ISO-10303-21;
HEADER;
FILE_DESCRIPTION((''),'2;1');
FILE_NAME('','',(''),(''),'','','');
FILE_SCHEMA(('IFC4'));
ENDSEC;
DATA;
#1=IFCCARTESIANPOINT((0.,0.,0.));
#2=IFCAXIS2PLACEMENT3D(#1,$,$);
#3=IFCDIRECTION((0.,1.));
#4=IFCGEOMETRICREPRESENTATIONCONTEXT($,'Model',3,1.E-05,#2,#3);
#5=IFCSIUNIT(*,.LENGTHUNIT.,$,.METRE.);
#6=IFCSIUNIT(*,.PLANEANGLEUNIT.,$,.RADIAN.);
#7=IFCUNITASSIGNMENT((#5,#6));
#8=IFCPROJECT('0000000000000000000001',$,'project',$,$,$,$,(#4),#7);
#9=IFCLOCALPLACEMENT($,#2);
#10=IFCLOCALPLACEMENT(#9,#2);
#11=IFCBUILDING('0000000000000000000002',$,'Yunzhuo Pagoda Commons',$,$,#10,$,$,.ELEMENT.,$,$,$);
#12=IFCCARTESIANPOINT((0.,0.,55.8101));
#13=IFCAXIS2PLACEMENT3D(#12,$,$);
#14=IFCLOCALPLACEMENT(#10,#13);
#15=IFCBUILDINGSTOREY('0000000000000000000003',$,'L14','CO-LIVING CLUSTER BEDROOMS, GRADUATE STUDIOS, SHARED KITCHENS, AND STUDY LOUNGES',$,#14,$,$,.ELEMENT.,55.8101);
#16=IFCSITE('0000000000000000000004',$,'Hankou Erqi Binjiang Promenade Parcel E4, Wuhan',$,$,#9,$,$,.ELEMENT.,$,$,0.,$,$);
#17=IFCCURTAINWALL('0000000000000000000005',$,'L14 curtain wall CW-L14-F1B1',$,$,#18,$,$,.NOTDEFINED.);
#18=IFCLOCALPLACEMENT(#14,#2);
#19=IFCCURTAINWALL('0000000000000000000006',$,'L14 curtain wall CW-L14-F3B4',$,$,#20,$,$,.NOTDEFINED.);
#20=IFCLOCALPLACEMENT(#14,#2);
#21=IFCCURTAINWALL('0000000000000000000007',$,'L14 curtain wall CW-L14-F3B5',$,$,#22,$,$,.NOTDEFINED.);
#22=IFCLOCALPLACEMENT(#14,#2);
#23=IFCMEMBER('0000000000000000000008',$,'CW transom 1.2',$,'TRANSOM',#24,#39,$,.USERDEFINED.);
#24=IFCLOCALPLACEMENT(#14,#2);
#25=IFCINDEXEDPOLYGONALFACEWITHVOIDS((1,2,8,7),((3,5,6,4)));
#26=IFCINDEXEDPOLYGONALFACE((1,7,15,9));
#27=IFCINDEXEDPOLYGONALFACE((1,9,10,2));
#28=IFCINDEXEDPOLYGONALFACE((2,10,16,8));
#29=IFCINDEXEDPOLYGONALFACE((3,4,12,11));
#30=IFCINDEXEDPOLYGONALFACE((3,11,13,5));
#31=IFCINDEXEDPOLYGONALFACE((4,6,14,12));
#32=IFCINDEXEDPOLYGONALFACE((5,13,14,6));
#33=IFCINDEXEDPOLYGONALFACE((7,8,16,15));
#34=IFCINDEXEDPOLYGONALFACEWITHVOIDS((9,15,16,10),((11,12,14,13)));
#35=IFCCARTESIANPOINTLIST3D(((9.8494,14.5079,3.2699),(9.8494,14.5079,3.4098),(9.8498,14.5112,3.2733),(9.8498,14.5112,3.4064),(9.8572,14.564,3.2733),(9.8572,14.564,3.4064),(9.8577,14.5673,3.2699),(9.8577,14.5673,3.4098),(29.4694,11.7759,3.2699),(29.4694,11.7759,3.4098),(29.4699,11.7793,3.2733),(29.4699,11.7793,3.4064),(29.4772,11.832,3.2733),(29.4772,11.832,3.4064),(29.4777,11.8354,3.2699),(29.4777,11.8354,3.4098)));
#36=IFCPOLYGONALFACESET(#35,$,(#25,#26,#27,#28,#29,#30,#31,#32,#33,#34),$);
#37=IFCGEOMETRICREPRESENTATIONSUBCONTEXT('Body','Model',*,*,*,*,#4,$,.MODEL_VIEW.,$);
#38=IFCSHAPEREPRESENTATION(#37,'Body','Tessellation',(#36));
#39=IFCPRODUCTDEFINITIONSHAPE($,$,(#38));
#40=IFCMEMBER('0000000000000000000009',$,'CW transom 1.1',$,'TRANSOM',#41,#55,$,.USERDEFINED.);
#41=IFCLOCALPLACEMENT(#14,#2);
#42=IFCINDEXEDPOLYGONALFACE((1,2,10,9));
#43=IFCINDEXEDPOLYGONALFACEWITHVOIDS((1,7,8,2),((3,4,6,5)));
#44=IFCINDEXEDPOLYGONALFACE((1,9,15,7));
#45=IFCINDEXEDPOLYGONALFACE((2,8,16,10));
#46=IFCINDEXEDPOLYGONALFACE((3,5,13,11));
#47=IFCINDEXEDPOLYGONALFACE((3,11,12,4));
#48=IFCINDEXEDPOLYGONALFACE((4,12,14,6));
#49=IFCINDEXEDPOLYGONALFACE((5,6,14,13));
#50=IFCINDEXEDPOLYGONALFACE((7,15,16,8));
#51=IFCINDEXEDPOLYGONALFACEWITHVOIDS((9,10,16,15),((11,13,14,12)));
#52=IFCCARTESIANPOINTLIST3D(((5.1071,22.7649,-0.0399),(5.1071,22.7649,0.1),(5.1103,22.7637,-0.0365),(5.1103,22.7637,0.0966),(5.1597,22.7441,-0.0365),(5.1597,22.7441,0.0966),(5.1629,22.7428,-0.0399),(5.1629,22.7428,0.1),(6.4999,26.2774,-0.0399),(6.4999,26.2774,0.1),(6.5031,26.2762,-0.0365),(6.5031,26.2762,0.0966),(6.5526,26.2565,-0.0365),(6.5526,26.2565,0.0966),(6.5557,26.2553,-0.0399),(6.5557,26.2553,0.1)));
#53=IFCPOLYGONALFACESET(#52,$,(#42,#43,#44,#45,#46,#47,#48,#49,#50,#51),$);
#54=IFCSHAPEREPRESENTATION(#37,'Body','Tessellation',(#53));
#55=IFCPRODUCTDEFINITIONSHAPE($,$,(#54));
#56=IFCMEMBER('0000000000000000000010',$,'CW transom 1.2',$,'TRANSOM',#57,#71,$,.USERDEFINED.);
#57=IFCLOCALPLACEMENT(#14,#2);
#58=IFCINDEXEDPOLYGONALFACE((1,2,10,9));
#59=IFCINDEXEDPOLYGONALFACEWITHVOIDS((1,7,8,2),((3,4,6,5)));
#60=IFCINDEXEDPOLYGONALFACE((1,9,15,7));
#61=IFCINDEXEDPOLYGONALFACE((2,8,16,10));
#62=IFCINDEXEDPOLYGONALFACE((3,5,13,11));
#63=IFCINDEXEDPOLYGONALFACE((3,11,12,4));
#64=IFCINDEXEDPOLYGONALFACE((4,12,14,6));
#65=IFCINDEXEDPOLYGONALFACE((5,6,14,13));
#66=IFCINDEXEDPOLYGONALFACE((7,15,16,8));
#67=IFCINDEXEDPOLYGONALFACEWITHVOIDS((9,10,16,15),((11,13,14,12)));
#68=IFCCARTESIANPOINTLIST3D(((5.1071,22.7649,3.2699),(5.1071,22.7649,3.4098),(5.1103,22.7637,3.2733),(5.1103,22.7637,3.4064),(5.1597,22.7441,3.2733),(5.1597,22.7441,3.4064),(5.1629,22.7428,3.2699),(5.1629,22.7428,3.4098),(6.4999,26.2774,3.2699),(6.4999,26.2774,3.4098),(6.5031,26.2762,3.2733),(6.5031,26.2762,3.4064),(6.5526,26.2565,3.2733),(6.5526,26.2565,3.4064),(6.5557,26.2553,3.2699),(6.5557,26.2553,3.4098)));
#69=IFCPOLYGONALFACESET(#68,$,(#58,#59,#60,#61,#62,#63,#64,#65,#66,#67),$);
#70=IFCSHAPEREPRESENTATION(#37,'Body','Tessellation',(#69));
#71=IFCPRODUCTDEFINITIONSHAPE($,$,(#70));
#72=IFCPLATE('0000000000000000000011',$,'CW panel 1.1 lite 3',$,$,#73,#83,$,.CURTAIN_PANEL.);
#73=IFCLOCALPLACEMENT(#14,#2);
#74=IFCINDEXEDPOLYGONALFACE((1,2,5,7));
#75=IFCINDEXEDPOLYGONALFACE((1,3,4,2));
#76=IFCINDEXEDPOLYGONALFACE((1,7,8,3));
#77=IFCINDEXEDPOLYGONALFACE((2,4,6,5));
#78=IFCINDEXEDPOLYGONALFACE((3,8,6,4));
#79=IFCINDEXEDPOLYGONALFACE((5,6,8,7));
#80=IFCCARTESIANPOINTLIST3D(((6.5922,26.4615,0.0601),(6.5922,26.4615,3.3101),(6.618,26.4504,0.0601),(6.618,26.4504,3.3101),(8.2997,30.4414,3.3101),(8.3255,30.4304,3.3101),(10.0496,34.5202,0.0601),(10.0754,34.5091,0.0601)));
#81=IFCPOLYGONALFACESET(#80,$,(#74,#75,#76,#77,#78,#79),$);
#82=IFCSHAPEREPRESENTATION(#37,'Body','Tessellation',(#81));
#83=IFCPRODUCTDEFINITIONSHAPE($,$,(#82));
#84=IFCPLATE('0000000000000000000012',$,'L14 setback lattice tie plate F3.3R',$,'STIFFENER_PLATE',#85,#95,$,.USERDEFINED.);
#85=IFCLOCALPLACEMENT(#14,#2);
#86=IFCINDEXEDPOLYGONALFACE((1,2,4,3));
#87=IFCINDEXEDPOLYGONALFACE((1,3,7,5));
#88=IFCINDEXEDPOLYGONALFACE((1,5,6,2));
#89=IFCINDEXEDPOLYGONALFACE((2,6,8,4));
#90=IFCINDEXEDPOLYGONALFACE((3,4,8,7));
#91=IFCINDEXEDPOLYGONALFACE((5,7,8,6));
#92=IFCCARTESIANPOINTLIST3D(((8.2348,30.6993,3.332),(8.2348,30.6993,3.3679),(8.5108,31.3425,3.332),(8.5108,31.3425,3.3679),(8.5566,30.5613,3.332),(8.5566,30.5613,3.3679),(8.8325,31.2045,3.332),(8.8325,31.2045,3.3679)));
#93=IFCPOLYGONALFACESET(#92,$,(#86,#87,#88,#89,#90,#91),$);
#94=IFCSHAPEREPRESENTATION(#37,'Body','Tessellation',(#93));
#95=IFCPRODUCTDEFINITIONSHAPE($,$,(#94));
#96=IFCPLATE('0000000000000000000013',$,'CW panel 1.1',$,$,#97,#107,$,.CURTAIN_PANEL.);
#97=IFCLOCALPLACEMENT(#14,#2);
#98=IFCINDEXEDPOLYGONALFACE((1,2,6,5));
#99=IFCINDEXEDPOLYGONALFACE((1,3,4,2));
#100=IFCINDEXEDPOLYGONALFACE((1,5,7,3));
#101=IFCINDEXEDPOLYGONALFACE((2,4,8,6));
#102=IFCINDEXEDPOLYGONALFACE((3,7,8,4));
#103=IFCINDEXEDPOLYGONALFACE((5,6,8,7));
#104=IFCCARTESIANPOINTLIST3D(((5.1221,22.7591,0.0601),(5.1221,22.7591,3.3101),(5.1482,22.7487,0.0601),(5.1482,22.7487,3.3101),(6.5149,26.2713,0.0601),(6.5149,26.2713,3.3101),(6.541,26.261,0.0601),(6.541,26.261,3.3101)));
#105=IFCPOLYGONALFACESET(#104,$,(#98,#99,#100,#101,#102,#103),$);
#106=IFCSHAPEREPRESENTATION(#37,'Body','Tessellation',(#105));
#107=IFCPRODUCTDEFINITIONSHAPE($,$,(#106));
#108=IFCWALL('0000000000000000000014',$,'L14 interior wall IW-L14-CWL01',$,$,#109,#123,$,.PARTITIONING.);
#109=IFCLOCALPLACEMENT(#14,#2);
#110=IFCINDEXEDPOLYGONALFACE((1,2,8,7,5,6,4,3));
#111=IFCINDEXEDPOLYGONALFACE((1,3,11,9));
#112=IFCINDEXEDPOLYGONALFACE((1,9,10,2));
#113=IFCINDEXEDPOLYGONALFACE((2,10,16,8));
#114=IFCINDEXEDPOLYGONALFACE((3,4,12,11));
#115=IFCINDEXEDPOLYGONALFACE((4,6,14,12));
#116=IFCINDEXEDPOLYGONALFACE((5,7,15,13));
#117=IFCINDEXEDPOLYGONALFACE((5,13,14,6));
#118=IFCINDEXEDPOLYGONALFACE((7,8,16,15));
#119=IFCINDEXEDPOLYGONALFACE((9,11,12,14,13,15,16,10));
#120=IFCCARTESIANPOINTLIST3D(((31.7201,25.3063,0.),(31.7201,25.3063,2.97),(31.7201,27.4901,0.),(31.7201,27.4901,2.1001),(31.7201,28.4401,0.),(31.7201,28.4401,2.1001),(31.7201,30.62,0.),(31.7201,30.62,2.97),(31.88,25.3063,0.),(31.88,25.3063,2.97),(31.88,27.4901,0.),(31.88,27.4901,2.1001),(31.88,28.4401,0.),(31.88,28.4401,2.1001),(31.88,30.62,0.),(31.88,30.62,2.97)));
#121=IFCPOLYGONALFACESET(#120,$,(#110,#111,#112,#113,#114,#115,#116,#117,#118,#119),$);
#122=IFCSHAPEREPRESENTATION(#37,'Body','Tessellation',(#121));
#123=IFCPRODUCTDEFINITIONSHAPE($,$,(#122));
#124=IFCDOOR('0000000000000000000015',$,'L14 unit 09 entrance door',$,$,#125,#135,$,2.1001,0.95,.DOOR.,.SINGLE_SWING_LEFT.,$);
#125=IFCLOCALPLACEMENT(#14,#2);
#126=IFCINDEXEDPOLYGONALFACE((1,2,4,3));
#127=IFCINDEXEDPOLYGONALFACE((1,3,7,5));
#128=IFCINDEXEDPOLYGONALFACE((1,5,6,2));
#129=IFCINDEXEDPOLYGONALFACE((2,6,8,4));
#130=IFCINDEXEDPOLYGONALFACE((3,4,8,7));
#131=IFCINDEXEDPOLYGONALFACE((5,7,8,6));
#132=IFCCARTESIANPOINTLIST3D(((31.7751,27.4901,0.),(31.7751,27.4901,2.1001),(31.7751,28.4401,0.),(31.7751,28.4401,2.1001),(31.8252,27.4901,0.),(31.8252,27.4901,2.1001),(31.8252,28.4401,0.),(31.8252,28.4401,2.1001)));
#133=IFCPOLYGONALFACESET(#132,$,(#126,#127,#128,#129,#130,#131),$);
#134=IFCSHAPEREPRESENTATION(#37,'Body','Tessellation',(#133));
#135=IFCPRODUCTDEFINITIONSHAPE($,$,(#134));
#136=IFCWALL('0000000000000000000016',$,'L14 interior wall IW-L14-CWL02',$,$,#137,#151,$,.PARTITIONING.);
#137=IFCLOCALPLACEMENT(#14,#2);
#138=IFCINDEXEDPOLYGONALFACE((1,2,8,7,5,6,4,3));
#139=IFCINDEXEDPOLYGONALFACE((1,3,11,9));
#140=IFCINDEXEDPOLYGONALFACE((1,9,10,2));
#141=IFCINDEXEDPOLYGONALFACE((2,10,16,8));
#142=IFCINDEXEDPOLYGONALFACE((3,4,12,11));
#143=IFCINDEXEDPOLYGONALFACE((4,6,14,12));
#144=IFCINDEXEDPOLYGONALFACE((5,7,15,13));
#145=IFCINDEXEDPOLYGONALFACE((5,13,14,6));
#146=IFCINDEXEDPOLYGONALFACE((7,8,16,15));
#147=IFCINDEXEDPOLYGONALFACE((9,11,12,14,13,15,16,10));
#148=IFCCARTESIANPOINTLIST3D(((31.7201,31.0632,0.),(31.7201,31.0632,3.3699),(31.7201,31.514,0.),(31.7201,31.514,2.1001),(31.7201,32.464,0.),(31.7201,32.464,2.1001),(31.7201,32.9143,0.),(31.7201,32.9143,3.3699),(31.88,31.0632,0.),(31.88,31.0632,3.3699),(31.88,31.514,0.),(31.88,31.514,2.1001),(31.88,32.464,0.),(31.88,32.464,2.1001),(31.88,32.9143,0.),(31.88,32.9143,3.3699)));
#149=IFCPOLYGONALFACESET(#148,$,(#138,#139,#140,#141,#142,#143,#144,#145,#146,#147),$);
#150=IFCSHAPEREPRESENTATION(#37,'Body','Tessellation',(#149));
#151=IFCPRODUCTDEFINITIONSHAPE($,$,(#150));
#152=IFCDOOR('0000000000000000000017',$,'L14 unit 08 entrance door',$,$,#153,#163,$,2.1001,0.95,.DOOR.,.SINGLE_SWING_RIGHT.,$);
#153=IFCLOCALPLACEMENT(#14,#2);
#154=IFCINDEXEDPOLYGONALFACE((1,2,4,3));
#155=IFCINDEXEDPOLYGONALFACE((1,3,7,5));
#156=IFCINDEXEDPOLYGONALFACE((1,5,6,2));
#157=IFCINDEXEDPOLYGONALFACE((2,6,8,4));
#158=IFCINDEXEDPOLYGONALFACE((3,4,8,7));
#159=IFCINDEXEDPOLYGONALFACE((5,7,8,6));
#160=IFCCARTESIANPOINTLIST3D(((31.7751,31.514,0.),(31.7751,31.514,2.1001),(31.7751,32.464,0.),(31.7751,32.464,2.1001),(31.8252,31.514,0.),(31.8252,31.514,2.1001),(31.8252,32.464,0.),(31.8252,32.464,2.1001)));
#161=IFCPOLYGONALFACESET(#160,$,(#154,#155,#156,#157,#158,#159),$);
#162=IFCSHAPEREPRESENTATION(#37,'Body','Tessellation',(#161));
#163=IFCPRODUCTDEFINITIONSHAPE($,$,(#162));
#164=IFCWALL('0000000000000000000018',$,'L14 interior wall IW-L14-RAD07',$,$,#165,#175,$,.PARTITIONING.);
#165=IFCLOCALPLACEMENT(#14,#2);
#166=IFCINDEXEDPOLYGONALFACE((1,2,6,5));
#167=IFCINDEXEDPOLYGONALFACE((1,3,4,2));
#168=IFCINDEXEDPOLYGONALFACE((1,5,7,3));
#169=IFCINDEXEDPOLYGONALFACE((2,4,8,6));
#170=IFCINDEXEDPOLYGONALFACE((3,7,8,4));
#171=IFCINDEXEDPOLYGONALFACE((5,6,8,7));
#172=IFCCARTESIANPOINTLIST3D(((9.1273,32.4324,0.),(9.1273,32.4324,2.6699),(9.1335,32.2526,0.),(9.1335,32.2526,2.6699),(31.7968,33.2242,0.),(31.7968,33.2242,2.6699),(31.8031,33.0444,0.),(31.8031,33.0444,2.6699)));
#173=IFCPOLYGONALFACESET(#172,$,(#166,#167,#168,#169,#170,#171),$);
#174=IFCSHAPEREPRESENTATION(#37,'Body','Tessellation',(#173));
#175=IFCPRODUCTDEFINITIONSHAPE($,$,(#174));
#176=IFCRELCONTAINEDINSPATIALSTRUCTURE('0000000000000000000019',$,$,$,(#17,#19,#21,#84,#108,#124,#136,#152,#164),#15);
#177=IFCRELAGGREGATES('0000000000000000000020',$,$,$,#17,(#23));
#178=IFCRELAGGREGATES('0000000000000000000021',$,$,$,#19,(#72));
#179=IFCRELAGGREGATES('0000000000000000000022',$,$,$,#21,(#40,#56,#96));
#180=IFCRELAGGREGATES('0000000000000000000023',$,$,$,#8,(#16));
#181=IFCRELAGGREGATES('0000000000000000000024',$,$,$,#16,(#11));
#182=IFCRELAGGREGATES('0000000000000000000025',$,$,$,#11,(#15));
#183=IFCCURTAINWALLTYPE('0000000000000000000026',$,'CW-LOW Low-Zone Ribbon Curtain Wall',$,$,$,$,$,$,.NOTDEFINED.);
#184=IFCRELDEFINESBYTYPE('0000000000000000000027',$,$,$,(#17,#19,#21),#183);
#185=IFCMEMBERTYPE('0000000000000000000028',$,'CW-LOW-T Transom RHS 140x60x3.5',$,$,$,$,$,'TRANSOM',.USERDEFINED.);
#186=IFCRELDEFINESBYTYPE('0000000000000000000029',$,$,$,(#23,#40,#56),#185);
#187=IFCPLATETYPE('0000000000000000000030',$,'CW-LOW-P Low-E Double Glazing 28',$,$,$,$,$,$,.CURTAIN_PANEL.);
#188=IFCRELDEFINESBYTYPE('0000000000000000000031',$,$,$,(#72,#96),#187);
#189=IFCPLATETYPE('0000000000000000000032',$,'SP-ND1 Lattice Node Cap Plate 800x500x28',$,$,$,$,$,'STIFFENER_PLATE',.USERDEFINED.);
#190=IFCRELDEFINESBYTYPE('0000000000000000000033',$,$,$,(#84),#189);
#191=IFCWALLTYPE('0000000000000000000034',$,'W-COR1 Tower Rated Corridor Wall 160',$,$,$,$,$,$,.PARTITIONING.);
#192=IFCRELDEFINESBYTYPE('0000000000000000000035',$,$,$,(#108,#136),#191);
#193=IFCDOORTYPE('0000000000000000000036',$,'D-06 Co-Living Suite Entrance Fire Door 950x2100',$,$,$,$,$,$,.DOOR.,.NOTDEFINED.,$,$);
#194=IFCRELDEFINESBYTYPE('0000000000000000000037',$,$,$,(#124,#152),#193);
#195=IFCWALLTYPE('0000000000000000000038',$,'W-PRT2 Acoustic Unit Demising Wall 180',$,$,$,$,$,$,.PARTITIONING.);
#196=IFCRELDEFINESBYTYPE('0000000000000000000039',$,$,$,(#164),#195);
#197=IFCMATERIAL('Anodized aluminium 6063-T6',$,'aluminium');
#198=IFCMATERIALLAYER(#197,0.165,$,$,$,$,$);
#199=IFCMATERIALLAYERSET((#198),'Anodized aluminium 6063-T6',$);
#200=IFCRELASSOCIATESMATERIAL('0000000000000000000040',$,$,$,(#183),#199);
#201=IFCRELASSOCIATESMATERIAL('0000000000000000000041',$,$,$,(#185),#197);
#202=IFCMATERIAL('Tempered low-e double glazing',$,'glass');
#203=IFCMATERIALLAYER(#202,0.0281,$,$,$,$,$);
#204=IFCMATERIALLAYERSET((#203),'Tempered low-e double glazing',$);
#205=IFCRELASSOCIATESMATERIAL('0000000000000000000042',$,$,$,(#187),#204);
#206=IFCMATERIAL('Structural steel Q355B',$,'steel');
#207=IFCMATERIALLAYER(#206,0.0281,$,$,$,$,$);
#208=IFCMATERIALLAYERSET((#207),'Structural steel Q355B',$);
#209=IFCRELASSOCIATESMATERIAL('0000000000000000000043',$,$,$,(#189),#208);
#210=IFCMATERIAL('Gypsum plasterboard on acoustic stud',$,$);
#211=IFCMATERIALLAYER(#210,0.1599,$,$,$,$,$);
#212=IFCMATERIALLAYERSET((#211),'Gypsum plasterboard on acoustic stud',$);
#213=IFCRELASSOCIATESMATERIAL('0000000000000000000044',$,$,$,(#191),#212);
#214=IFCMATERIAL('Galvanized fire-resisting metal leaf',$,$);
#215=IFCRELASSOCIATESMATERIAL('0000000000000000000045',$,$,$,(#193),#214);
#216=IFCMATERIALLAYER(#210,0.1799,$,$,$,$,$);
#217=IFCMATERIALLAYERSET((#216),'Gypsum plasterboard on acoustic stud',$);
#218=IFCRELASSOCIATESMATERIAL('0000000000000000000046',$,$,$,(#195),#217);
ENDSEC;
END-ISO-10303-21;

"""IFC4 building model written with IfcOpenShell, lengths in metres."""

from ifc_helpers import new_model, si_unit, direction, frame, frame_2d, origin, origin_with_axes, origin_2d, place, context, subcontext, project, spatial, polyline, rectangle, hollow_rectangle, outline, extrude, source, transform, mapped, material, layer, layer_set, material_profile, profile_set, type_object, element, fill, aggregate, save


model = new_model("IFC4")

# Units and contexts
model_context = context("Model", 3, precision=1e-05, world=origin(), true_north=direction((0.0, 1.0)))
body_context = subcontext(model_context, "Body", "Model", "MODEL_VIEW")
ifc_project = project(units=[si_unit("LENGTHUNIT", "METRE"), si_unit("PLANEANGLEUNIT", "RADIAN")], contexts=[model_context])

# Site, building, storey
site_placement = place(None, origin())
site = spatial("IfcSite", under=ifc_project, at=site_placement, Name="Hankou Erqi Binjiang Promenade Parcel E4, Wuhan", CompositionType="ELEMENT", RefElevation=0.0)
building_placement = place(site_placement, origin())
building = spatial("IfcBuilding", under=site, at=building_placement, Name="Yunzhuo Pagoda Commons", CompositionType="ELEMENT")
storey_placement = place(building_placement, frame((0.0, 0.0, 55.8101)))
storey = spatial("IfcBuildingStorey", under=building, at=storey_placement, Name="L14", Description="CO-LIVING CLUSTER BEDROOMS, GRADUATE STUDIOS, SHARED KITCHENS, AND STUDY LOUNGES", CompositionType="ELEMENT", Elevation=55.8101)

# Shared definitions
ifc_material_1 = material(Name="Structural steel Q355B", Category="steel")

# Curtain walls
ifc_material_2 = material(Name="Anodized aluminium 6063-T6", Category="aluminium")
ifc_layer_1 = layer(ifc_material_2, 0.165)
ifc_layer_set_1 = layer_set([ifc_layer_1], Name="Anodized aluminium 6063-T6")
curtain_wall_type = type_object("IfcCurtainWallType", Name="CW-LOW Low-Zone Ribbon Curtain Wall", PredefinedType="NOTDEFINED", material=ifc_layer_set_1)
curtain_wall_1_placement = place(storey_placement, origin())
curtain_wall_1 = element("IfcCurtainWall", 1, at=curtain_wall_1_placement, inside=storey, type_object=curtain_wall_type, Name="L14 curtain wall CW-L14-F1B1", PredefinedType="NOTDEFINED")
curtain_wall_2_placement = place(storey_placement, origin())
curtain_wall_2 = element("IfcCurtainWall", 2, at=curtain_wall_2_placement, inside=storey, type_object=curtain_wall_type, Name="L14 curtain wall CW-L14-F3B4", PredefinedType="NOTDEFINED")

# Curtain wall
curtain_wall_3_placement = place(storey_placement, origin())
curtain_wall_3 = element("IfcCurtainWall", 3, at=curtain_wall_3_placement, inside=storey, type_object=curtain_wall_type, Name="L14 curtain wall CW-L14-F3B5", PredefinedType="NOTDEFINED")

# Members
ifc_material_profile_1 = material_profile(ifc_material_2, hollow_rectangle(XDim=0.0601, YDim=0.1399, WallThickness=0.0034, at=origin_2d()), Name="Anodized aluminium 6063-T6")
ifc_profile_set_1 = profile_set([ifc_material_profile_1], Name="Anodized aluminium 6063-T6")
member_type_1 = type_object("IfcMemberType", Name="CW-LOW-T Transom RHS 140x60x3.5", ElementType="TRANSOM", PredefinedType="USERDEFINED", material=ifc_profile_set_1)
shared_shape_1 = source(origin(), body_context, "Body", "SweptSolid", [
    extrude(hollow_rectangle(XDim=0.0601, YDim=0.1399, WallThickness=0.0034, at=origin_2d()), origin(), (0.0, 0.0, 1.0), 19.8093),
])
member_1_placement = place(storey_placement, frame((9.8535, 14.5376, 3.3398), z_axis=(0.990445, -0.137911, 0.0), x_axis=(0.137911, 0.990445, 0.0)))
member_1 = element("IfcMember", 4, at=member_1_placement, type_object=member_type_1, Name="CW transom 1.2", ObjectType="TRANSOM", PredefinedType="USERDEFINED", context=body_context, shape_type="MappedRepresentation", body=[
    mapped(shared_shape_1, transform((0.0, 0.0, 0.0), scale=1.0)),
])
aggregate(curtain_wall_1, [member_1])
shared_shape_2 = source(origin(), body_context, "Body", "SweptSolid", [
    extrude(hollow_rectangle(XDim=0.0601, YDim=0.1399, WallThickness=0.0034, at=origin_2d()), origin(), (0.0, 0.0, 1.0), 3.7786),
])
member_2_placement = place(storey_placement, frame((6.5278, 26.2664, 0.03), z_axis=(-0.368615, -0.929582, 0.0), x_axis=(0.929582, -0.368615, 0.0)))
member_2 = element("IfcMember", 5, at=member_2_placement, type_object=member_type_1, Name="CW transom 1.1", ObjectType="TRANSOM", PredefinedType="USERDEFINED", context=body_context, shape_type="MappedRepresentation", body=[
    mapped(shared_shape_2, transform((0.0, 0.0, 0.0), scale=1.0)),
])
member_3_placement = place(storey_placement, frame((6.5278, 26.2664, 3.3398), z_axis=(-0.368615, -0.929582, 0.0), x_axis=(0.929582, -0.368615, 0.0)))
member_3 = element("IfcMember", 6, at=member_3_placement, type_object=member_type_1, Name="CW transom 1.2", ObjectType="TRANSOM", PredefinedType="USERDEFINED", context=body_context, shape_type="MappedRepresentation", body=[
    mapped(shared_shape_2, transform((0.0, 0.0, 0.0), scale=1.0)),
])

# Plates
ifc_material_3 = material(Name="Tempered low-e double glazing", Category="glass")
ifc_layer_2 = layer(ifc_material_3, 0.0281)
ifc_layer_set_2 = layer_set([ifc_layer_2], Name="Tempered low-e double glazing")
plate_type_1 = type_object("IfcPlateType", Name="CW-LOW-P Low-E Double Glazing 28", PredefinedType="CURTAIN_PANEL", material=ifc_layer_set_2)
plate_1_placement = place(storey_placement, frame((8.3467, 30.4797, 1.6851), z_axis=(-0.918993, 0.394274, 0.0), x_axis=(-0.394274, -0.918993, 0.0)))
plate_1 = element("IfcPlate", 7, at=plate_1_placement, type_object=plate_type_1, Name="CW panel 1.1 lite 3", PredefinedType="CURTAIN_PANEL", context=body_context, shape_type="SweptSolid", body=[
    extrude(outline(polyline([(-4.3845, -1.625), (4.3845, -1.625), (4.3845, 1.625), (0.0537, 1.625), (-4.3845, -1.625)])), origin(), (0.0, 0.0, 1.0), 0.0281),
])
aggregate(curtain_wall_2, [plate_1])
ifc_layer_3 = layer(ifc_material_1, 0.0281)
ifc_layer_set_3 = layer_set([ifc_layer_3], Name="Structural steel Q355B")
plate_type_2 = type_object("IfcPlateType", Name="SP-ND1 Lattice Node Cap Plate 800x500x28", ElementType="STIFFENER_PLATE", PredefinedType="USERDEFINED", material=ifc_layer_set_3)
shared_shape_3 = source(origin(), body_context, "Body", "SweptSolid", [
    extrude(rectangle(XDim=0.7, YDim=0.3501, at=origin_2d()), origin(), (0.0, 0.0, 1.0), 0.0359),
])
plate_2_placement = place(storey_placement, frame((8.5337, 30.9519, 3.332), z_axis=(0.0, 0.0, 1.0), x_axis=(-0.394279, -0.918991, 0.0)))
element("IfcPlate", 8, at=plate_2_placement, inside=storey, type_object=plate_type_2, Name="L14 setback lattice tie plate F3.3R", ObjectType="STIFFENER_PLATE", PredefinedType="USERDEFINED", context=body_context, shape_type="MappedRepresentation", body=[
    mapped(shared_shape_3, transform((0.0, 0.0, 0.0), scale=1.0)),
])
shared_shape_4 = source(origin(), body_context, "Body", "SweptSolid", [
    extrude(rectangle(XDim=3.7783, YDim=0.0281, at=origin_2d()), origin(), (0.0, 0.0, 1.0), 3.25),
])
plate_3_placement = place(storey_placement, frame((5.8315, 24.51, 0.0601), z_axis=(0.0, 0.0, 1.0), x_axis=(-0.368614, -0.929582, 0.0)))
plate_3 = element("IfcPlate", 9, at=plate_3_placement, type_object=plate_type_1, Name="CW panel 1.1", PredefinedType="CURTAIN_PANEL", context=body_context, shape_type="MappedRepresentation", body=[
    mapped(shared_shape_4, transform((0.0, 0.0, 0.0), scale=1.0)),
])
aggregate(curtain_wall_3, [member_2, member_3, plate_3])

# Walls, openings, doors
ifc_material_4 = material(Name="Gypsum plasterboard on acoustic stud")
ifc_layer_4 = layer(ifc_material_4, 0.1599)
ifc_layer_set_4 = layer_set([ifc_layer_4], Name="Gypsum plasterboard on acoustic stud")
wall_type_1 = type_object("IfcWallType", Name="W-COR1 Tower Rated Corridor Wall 160", PredefinedType="PARTITIONING", material=ifc_layer_set_4)
wall_1_placement = place(storey_placement, frame((31.8, 25.3064, 0.0), z_axis=(0.0, 0.0, 1.0), x_axis=(0.0, 1.0, 0.0)))
wall_1 = element("IfcWall", 10, at=wall_1_placement, inside=storey, type_object=wall_type_1, Name="L14 interior wall IW-L14-CWL01", PredefinedType="PARTITIONING", context=body_context, shape_type="SweptSolid", body=[
    extrude(rectangle(XDim=5.3137, YDim=0.1599, at=frame_2d((2.6567, 0.0))), origin(), (0.0, 0.0, 1.0), 2.97),
])
opening_1_placement = place(wall_1_placement, frame((2.1836, 0.0, 0.0)))
opening_1 = element("IfcOpeningElement", 11, at=opening_1_placement, cuts=wall_1, PredefinedType="OPENING", context=body_context, shape_type="SweptSolid", body=[
    extrude(rectangle(XDim=0.95, YDim=2.1001, at=frame_2d((0.4751, 1.05))), frame((0.0, 0.0898, 0.0), z_axis=(0.0, -1.0, 0.0), x_axis=(1.0, 0.0, 0.0)), (0.0, 0.0, 1.0), 0.1799),
])
ifc_material_5 = material(Name="Galvanized fire-resisting metal leaf")
door_type_1 = type_object("IfcDoorType", Name="D-06 Co-Living Suite Entrance Fire Door 950x2100", OperationType="NOTDEFINED", PredefinedType="DOOR", material=ifc_material_5)
shared_shape_5 = source(origin(), body_context, "Body", "SweptSolid", [
    extrude(rectangle(XDim=0.95, YDim=2.1001, at=frame_2d((0.4751, 1.05))), frame((0.0, 0.0249, 0.0), z_axis=(0.0, -1.0, 0.0), x_axis=(1.0, 0.0, 0.0)), (0.0, 0.0, 1.0), 0.05),
])
door_1_placement = place(opening_1_placement, origin_with_axes())
door_1 = element("IfcDoor", 12, at=door_1_placement, inside=storey, type_object=door_type_1, Name="L14 unit 09 entrance door", OperationType="SINGLE_SWING_LEFT", OverallHeight=2.1001, OverallWidth=0.95, PredefinedType="DOOR", context=body_context, shape_type="MappedRepresentation", body=[
    mapped(shared_shape_5, transform((0.0, 0.0, 0.0), scale=1.0)),
])
fill(opening_1, door_1)
wall_2_placement = place(storey_placement, frame((31.8, 31.0632, 0.0), z_axis=(0.0, 0.0, 1.0), x_axis=(0.0, 1.0, 0.0)))
wall_2 = element("IfcWall", 13, at=wall_2_placement, inside=storey, type_object=wall_type_1, Name="L14 interior wall IW-L14-CWL02", PredefinedType="PARTITIONING", context=body_context, shape_type="SweptSolid", body=[
    extrude(rectangle(XDim=1.8511, YDim=0.1599, at=frame_2d((0.9255, 0.0))), origin(), (0.0, 0.0, 1.0), 3.3699),
])
opening_2_placement = place(wall_2_placement, frame((0.4507, 0.0, 0.0)))
opening_2 = element("IfcOpeningElement", 14, at=opening_2_placement, cuts=wall_2, PredefinedType="OPENING", context=body_context, shape_type="SweptSolid", body=[
    extrude(rectangle(XDim=0.95, YDim=2.1001, at=frame_2d((0.4751, 1.05))), frame((0.0, 0.0898, 0.0), z_axis=(0.0, -1.0, 0.0), x_axis=(1.0, 0.0, 0.0)), (0.0, 0.0, 1.0), 0.1799),
])
door_2_placement = place(opening_2_placement, origin_with_axes())
door_2 = element("IfcDoor", 15, at=door_2_placement, inside=storey, type_object=door_type_1, Name="L14 unit 08 entrance door", OperationType="SINGLE_SWING_RIGHT", OverallHeight=2.1001, OverallWidth=0.95, PredefinedType="DOOR", context=body_context, shape_type="MappedRepresentation", body=[
    mapped(shared_shape_5, transform((0.0, 0.0, 0.0), scale=1.0)),
])
fill(opening_2, door_2)

# Wall
ifc_layer_5 = layer(ifc_material_4, 0.1799)
ifc_layer_set_5 = layer_set([ifc_layer_5], Name="Gypsum plasterboard on acoustic stud")
wall_type_2 = type_object("IfcWallType", Name="W-PRT2 Acoustic Unit Demising Wall 180", PredefinedType="PARTITIONING", material=ifc_layer_set_5)
wall_3_placement = place(storey_placement, frame((31.8, 33.1343, 0.0), z_axis=(0.0, 0.0, 1.0), x_axis=(-0.999391, -0.034905, 0.0)))
element("IfcWall", 16, at=wall_3_placement, inside=storey, type_object=wall_type_2, Name="L14 interior wall IW-L14-RAD07", PredefinedType="PARTITIONING", context=body_context, shape_type="SweptSolid", body=[
    extrude(rectangle(XDim=22.6833, YDim=0.1799, at=frame_2d((11.3418, 0.0))), origin(), (0.0, 0.0, 1.0), 2.6699),
])

save(model, "model.ifc")
